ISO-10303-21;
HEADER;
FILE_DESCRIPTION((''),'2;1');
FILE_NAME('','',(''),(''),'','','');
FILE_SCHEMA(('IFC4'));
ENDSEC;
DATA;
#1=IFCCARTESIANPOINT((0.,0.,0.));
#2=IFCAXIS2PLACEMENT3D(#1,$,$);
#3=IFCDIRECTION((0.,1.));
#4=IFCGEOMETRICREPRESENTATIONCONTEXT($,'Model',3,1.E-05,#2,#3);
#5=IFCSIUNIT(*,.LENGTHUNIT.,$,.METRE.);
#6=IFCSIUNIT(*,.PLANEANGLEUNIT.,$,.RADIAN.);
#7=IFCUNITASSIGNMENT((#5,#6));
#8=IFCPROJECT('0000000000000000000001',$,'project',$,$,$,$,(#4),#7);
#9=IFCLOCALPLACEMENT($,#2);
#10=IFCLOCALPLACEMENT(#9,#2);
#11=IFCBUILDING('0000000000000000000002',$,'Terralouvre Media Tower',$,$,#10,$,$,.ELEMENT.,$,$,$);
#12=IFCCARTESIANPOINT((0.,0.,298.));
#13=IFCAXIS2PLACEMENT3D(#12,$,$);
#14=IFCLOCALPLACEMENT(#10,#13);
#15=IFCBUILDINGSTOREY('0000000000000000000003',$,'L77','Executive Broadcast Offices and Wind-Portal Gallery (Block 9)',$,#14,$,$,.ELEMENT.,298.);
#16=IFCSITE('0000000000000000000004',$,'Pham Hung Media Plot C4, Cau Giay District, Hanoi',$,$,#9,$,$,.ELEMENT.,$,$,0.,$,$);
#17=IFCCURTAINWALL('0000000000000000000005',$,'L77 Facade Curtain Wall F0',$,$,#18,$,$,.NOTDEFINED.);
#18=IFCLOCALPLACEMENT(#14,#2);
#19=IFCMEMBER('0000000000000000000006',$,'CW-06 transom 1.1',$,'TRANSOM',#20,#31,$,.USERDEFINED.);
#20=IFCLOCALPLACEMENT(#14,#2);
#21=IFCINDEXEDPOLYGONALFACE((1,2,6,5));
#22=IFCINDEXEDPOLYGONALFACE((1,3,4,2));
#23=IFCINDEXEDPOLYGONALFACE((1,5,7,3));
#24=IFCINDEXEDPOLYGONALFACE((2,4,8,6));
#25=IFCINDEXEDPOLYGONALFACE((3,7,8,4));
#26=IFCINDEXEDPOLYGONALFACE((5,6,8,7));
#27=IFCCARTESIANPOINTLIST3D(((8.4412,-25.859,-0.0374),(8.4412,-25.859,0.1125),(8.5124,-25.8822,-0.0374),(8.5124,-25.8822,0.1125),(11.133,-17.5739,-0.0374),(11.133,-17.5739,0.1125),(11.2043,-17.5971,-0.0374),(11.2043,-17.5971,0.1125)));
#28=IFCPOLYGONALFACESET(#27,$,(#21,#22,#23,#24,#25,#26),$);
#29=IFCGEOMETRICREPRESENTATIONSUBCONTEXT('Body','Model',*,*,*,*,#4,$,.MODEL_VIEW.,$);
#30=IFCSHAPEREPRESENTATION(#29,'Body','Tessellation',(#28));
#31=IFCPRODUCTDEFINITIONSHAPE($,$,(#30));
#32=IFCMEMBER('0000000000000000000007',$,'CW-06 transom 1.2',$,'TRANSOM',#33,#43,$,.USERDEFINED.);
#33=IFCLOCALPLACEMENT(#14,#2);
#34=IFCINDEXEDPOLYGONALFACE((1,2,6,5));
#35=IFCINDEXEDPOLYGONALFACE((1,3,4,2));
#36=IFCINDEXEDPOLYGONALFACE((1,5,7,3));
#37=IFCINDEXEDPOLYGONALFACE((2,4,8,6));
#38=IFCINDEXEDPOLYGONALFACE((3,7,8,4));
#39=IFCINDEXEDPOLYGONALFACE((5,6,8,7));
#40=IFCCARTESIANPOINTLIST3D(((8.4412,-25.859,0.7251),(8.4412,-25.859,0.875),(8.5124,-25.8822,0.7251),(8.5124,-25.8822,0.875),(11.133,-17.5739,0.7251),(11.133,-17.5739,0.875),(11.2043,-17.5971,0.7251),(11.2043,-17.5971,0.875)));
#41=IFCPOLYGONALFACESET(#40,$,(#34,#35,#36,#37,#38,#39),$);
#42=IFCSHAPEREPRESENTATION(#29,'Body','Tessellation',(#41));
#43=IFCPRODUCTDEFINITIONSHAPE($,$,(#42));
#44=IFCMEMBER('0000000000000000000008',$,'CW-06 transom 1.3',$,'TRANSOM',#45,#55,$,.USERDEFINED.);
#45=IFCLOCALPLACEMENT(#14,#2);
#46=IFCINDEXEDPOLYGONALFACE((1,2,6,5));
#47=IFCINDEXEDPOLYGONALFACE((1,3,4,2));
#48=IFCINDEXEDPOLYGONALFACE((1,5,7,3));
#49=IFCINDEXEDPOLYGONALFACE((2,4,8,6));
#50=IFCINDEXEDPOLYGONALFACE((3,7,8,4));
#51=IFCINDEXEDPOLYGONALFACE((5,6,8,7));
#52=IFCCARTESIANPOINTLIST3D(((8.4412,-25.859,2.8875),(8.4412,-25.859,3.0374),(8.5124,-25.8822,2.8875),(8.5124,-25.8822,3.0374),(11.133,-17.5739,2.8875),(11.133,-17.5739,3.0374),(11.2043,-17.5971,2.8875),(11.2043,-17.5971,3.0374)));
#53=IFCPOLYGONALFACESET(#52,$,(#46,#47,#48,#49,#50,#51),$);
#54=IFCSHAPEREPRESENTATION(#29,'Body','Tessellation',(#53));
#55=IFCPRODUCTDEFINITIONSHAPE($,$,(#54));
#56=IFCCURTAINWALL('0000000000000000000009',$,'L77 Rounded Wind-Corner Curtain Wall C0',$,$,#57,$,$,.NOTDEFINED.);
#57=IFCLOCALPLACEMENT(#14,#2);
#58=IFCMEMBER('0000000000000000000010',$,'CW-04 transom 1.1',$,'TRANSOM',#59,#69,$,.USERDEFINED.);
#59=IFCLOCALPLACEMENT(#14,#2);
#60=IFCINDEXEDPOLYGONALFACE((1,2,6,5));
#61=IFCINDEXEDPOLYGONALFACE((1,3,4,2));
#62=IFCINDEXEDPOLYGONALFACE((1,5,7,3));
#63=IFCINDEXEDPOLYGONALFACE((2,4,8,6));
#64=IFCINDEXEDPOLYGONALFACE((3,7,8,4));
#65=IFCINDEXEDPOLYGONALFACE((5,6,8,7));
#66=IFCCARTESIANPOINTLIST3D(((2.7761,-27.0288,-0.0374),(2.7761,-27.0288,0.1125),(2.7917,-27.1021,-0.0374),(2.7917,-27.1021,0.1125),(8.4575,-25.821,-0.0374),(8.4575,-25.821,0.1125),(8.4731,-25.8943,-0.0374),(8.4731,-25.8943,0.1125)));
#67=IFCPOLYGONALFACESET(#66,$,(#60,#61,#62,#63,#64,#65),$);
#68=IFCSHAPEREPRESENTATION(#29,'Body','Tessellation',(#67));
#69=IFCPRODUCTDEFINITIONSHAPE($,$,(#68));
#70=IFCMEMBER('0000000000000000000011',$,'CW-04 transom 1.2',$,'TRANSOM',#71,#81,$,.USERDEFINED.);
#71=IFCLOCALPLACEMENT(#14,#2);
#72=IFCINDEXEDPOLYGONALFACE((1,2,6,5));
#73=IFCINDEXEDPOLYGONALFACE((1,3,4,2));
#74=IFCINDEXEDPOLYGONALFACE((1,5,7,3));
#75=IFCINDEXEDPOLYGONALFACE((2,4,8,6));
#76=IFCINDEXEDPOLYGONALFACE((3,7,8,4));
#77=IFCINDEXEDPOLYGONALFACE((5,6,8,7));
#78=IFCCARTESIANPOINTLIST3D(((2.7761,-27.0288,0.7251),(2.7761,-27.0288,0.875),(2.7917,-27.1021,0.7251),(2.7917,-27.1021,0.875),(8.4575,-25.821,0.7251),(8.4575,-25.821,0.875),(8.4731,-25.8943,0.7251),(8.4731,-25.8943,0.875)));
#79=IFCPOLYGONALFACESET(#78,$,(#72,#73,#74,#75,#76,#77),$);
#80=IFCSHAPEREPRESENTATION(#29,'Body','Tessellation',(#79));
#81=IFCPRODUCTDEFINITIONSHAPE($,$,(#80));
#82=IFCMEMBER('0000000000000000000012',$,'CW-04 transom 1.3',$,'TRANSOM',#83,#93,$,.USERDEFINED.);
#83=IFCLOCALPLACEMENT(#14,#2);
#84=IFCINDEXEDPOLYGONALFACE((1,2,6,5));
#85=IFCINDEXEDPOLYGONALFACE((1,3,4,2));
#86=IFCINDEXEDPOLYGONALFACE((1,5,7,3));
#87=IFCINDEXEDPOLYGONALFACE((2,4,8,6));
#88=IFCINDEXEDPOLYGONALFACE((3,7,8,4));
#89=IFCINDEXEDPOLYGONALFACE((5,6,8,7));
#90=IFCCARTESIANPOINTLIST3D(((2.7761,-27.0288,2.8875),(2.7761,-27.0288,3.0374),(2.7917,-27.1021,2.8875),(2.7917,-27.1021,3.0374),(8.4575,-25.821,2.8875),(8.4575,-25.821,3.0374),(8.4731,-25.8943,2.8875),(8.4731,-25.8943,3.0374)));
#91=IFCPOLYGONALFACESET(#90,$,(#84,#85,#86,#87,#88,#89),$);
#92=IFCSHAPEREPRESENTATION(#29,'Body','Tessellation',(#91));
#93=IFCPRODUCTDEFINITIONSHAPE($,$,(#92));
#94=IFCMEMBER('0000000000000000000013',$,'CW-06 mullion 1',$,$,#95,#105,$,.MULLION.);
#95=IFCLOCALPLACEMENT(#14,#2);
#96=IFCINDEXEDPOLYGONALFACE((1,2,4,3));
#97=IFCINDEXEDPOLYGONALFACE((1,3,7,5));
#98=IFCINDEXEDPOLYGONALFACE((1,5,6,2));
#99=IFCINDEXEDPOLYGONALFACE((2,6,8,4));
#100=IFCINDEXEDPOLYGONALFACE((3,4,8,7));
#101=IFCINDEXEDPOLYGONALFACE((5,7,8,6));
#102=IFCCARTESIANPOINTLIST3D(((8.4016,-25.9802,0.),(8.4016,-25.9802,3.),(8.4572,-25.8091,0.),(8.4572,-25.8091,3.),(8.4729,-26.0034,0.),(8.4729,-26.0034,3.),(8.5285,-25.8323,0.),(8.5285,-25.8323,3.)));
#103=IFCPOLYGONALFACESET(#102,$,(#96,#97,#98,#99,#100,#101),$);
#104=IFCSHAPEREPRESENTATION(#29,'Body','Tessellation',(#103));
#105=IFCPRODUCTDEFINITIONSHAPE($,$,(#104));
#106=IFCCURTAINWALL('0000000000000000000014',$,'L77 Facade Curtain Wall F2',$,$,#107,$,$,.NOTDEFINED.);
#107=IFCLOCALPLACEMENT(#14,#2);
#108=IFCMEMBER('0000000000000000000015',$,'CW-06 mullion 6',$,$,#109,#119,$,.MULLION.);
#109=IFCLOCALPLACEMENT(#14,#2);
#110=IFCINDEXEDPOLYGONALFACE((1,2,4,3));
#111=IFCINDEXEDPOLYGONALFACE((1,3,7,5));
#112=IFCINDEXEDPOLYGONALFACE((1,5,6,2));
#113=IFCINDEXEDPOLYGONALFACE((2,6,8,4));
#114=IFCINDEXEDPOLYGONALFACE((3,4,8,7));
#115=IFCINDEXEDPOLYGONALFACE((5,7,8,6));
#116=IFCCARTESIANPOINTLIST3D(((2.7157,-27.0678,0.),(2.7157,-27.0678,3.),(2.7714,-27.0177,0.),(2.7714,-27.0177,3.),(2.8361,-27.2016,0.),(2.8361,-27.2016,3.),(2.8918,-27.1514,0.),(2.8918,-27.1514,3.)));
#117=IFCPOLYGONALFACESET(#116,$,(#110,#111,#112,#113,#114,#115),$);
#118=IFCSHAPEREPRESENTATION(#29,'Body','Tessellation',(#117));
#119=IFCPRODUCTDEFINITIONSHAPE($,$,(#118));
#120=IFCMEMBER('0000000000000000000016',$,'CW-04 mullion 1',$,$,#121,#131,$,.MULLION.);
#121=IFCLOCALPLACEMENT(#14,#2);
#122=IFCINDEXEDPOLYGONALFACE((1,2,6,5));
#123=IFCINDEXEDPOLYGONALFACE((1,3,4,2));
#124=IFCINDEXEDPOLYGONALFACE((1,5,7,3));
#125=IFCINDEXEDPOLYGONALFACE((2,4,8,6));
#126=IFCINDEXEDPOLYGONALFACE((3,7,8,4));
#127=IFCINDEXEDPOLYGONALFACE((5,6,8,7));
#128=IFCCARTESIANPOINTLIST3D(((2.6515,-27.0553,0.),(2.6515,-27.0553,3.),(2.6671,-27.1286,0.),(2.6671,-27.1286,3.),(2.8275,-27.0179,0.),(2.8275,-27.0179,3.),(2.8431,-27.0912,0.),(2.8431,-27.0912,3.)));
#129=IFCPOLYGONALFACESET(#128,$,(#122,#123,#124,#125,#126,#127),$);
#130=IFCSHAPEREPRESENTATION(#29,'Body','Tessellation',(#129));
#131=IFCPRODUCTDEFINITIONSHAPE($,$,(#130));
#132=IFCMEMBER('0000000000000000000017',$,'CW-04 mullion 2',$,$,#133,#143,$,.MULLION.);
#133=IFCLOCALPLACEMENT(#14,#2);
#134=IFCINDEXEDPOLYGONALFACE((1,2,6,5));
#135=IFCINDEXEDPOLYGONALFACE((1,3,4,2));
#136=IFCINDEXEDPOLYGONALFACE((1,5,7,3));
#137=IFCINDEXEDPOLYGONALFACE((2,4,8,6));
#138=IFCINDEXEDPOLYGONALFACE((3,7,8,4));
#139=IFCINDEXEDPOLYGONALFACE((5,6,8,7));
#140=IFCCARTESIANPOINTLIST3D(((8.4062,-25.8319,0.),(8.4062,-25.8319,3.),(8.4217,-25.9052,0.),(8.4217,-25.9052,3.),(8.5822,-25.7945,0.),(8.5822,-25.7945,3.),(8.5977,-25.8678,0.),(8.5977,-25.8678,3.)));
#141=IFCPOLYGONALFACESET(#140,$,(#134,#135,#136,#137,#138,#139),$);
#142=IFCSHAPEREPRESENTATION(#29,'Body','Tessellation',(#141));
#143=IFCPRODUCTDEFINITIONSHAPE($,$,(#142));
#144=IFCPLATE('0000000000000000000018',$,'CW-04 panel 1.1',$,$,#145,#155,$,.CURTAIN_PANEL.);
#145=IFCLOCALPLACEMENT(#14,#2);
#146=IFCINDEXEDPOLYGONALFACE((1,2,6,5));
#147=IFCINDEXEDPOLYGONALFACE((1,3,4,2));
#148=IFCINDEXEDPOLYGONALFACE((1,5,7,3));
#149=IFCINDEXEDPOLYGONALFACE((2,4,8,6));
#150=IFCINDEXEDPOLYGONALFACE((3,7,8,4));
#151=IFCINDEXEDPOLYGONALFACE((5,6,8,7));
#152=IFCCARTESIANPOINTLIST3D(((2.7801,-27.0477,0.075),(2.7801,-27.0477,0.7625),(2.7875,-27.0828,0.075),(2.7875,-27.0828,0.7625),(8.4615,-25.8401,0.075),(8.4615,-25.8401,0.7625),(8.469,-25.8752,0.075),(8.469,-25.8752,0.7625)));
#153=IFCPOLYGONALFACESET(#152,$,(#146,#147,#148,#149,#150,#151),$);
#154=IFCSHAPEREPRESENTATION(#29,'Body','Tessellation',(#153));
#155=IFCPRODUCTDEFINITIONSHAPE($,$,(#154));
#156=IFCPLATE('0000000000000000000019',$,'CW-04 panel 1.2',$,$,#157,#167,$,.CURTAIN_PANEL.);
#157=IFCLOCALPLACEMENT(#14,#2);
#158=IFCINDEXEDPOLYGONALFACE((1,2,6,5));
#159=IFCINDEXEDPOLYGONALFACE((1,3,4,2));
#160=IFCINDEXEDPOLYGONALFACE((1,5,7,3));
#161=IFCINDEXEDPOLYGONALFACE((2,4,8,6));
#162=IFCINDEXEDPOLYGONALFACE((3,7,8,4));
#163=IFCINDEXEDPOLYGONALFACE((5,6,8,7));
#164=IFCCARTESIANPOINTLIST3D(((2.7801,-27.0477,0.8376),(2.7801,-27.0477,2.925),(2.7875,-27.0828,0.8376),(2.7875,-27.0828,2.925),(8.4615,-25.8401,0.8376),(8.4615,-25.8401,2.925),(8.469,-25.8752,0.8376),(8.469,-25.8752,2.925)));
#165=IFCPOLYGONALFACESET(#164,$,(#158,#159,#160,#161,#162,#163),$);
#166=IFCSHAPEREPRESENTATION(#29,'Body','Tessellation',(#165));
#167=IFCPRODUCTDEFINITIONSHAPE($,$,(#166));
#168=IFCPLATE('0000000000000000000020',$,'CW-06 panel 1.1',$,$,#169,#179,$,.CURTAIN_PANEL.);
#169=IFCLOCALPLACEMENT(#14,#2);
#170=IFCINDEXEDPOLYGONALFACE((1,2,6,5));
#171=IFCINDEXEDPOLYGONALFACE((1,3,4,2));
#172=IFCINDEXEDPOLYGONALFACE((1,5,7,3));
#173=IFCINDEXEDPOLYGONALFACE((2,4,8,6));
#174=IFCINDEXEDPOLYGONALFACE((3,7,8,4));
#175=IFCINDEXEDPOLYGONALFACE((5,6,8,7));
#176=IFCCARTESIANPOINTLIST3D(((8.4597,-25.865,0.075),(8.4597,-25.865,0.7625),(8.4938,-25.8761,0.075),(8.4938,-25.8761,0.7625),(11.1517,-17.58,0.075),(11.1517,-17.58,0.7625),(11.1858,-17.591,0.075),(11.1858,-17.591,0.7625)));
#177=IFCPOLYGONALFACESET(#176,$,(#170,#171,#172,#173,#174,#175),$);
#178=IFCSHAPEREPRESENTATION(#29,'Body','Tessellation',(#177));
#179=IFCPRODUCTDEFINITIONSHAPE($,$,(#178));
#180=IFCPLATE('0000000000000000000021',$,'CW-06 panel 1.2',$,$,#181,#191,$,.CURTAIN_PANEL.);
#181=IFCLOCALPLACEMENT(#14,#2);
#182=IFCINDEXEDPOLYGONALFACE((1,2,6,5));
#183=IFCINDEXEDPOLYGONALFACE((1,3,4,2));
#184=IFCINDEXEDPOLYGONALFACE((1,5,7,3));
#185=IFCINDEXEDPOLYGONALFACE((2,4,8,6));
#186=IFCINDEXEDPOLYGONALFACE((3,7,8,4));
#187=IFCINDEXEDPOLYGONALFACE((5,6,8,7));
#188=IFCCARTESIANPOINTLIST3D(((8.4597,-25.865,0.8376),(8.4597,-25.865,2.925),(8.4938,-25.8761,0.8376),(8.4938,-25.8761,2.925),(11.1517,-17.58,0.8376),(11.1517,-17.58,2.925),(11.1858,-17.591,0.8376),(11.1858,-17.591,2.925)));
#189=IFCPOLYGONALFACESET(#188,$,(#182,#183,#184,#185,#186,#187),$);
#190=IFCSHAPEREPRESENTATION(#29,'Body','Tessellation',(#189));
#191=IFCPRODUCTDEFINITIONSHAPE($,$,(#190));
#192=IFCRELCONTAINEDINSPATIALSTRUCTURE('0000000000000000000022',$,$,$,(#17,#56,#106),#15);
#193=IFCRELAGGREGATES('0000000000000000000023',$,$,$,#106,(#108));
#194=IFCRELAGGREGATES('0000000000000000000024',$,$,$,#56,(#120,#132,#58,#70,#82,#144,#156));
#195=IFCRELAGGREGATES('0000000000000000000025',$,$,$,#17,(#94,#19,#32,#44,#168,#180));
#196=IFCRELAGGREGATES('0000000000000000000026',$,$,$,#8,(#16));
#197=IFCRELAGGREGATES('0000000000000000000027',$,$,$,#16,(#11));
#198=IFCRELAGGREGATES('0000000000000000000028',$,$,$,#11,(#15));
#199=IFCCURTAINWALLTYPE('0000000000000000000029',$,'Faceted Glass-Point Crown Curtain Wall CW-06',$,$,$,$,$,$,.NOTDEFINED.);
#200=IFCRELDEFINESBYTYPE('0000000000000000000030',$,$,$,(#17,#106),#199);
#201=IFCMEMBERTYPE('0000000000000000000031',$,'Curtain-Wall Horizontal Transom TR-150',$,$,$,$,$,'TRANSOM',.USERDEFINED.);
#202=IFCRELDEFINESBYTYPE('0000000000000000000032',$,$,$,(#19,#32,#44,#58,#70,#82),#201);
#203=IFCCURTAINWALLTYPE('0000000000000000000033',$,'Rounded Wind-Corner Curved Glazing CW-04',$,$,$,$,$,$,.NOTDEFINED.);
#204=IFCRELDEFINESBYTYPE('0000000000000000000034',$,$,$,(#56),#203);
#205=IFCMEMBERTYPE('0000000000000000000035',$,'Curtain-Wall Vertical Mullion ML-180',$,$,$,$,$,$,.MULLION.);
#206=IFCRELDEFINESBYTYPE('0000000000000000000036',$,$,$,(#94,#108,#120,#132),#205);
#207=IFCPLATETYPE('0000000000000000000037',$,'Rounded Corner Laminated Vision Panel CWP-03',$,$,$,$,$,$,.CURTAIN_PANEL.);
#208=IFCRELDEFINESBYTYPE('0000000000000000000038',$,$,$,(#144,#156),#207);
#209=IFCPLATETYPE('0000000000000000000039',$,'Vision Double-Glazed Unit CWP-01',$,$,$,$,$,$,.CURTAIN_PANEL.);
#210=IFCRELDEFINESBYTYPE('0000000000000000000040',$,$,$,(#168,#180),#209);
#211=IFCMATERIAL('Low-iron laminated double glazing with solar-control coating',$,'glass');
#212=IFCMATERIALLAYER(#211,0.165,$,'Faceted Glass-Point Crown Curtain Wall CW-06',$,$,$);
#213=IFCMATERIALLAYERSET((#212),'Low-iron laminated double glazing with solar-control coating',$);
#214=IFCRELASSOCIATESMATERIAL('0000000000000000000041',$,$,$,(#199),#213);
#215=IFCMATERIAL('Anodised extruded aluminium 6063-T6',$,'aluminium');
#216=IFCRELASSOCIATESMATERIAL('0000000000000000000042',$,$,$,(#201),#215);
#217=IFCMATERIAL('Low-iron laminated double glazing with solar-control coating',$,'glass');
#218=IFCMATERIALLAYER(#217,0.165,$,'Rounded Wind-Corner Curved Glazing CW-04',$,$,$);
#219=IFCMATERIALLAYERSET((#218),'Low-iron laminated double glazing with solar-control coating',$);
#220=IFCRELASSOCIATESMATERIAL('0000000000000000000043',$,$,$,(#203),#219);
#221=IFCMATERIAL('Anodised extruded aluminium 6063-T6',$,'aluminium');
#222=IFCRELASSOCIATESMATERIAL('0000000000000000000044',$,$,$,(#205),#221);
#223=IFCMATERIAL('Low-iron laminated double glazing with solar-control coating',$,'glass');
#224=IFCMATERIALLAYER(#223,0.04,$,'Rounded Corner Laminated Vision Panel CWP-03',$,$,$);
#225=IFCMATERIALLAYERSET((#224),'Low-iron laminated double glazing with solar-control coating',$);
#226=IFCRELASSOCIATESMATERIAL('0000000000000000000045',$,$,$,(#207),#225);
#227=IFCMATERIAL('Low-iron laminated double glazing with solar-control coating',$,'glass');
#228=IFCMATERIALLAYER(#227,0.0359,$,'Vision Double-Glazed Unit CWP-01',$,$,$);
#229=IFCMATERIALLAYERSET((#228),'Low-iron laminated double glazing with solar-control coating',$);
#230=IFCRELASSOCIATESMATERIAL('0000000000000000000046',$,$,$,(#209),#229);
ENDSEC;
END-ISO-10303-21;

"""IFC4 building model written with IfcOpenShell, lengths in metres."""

from ifc_helpers import new_model, si_unit, direction, frame, origin, origin_2d, place, context, subcontext, project, spatial, rectangle, extrude, material, layer, layer_set, material_profile, profile_set, type_object, element, aggregate, save


model = new_model("IFC4")

# Units and contexts
model_context = context("Model", 3, precision=1e-05, world=origin(), true_north=direction((0.0, 1.0)))
body_context = subcontext(model_context, "Body", "Model", "MODEL_VIEW")
ifc_project = project(units=[si_unit("LENGTHUNIT", "METRE"), si_unit("PLANEANGLEUNIT", "RADIAN")], contexts=[model_context])

# Site, building, storey
site_placement = place(None, origin())
site = spatial("IfcSite", under=ifc_project, at=site_placement, Name="Pham Hung Media Plot C4, Cau Giay District, Hanoi", CompositionType="ELEMENT", RefElevation=0.0)
building_placement = place(site_placement, origin())
building = spatial("IfcBuilding", under=site, at=building_placement, Name="Terralouvre Media Tower", CompositionType="ELEMENT")
storey_placement = place(building_placement, frame((0.0, 0.0, 298.0)))
storey = spatial("IfcBuildingStorey", under=building, at=storey_placement, Name="L77", Description="Executive Broadcast Offices and Wind-Portal Gallery (Block 9)", CompositionType="ELEMENT", Elevation=298.0)

# Curtain walls, members
ifc_material_1 = material(Name="Low-iron laminated double glazing with solar-control coating", Category="glass")
ifc_layer_1 = layer(ifc_material_1, 0.165, Name="Faceted Glass-Point Crown Curtain Wall CW-06")
ifc_layer_set_1 = layer_set([ifc_layer_1], Name="Low-iron laminated double glazing with solar-control coating")
curtain_wall_type_1 = type_object("IfcCurtainWallType", Name="Faceted Glass-Point Crown Curtain Wall CW-06", PredefinedType="NOTDEFINED", material=ifc_layer_set_1)
curtain_wall_1_placement = place(storey_placement, origin())
curtain_wall_1 = element("IfcCurtainWall", 1, at=curtain_wall_1_placement, inside=storey, type_object=curtain_wall_type_1, Name="L77 Facade Curtain Wall F0", PredefinedType="NOTDEFINED")
ifc_material_2 = material(Name="Anodised extruded aluminium 6063-T6", Category="aluminium")
ifc_material_profile_1 = material_profile(ifc_material_2, rectangle(XDim=0.075, YDim=0.1499, at=origin_2d()), Name="ALU 75x150")
ifc_profile_set_1 = profile_set([ifc_material_profile_1], Name="Anodised extruded aluminium 6063-T6")
member_type_1 = type_object("IfcMemberType", Name="Curtain-Wall Horizontal Transom TR-150", ElementType="TRANSOM", PredefinedType="USERDEFINED", material=ifc_profile_set_1)
member_1_placement = place(storey_placement, frame((8.4768, -25.8706, 0.0376), z_axis=(0.309005, 0.95106, 0.0), x_axis=(-0.95106, 0.309005, 0.0)))
member_1 = element("IfcMember", 2, at=member_1_placement, type_object=member_type_1, Name="CW-06 transom 1.1", ObjectType="TRANSOM", PredefinedType="USERDEFINED", context=body_context, shape_type="SweptSolid", body=[
    extrude(rectangle(XDim=0.075, YDim=0.1499, at=origin_2d()), origin(), (0.0, 0.0, 1.0), 8.7114),
])
member_2_placement = place(storey_placement, frame((8.4768, -25.8706, 0.8), z_axis=(0.309005, 0.95106, 0.0), x_axis=(-0.95106, 0.309005, 0.0)))
member_2 = element("IfcMember", 3, at=member_2_placement, type_object=member_type_1, Name="CW-06 transom 1.2", ObjectType="TRANSOM", PredefinedType="USERDEFINED", context=body_context, shape_type="SweptSolid", body=[
    extrude(rectangle(XDim=0.075, YDim=0.1499, at=origin_2d()), origin(), (0.0, 0.0, 1.0), 8.7114),
])
member_3_placement = place(storey_placement, frame((8.4768, -25.8706, 2.9624), z_axis=(0.309005, 0.95106, 0.0), x_axis=(-0.95106, 0.309005, 0.0)))
member_3 = element("IfcMember", 4, at=member_3_placement, type_object=member_type_1, Name="CW-06 transom 1.3", ObjectType="TRANSOM", PredefinedType="USERDEFINED", context=body_context, shape_type="SweptSolid", body=[
    extrude(rectangle(XDim=0.075, YDim=0.1499, at=origin_2d()), origin(), (0.0, 0.0, 1.0), 8.7114),
])
ifc_material_3 = material(Name="Low-iron laminated double glazing with solar-control coating", Category="glass")
ifc_layer_2 = layer(ifc_material_3, 0.165, Name="Rounded Wind-Corner Curved Glazing CW-04")
ifc_layer_set_2 = layer_set([ifc_layer_2], Name="Low-iron laminated double glazing with solar-control coating")
curtain_wall_type_2 = type_object("IfcCurtainWallType", Name="Rounded Wind-Corner Curved Glazing CW-04", PredefinedType="NOTDEFINED", material=ifc_layer_set_2)
curtain_wall_2_placement = place(storey_placement, origin())
curtain_wall_2 = element("IfcCurtainWall", 5, at=curtain_wall_2_placement, inside=storey, type_object=curtain_wall_type_2, Name="L77 Rounded Wind-Corner Curtain Wall C0", PredefinedType="NOTDEFINED")
member_4_placement = place(storey_placement, frame((2.7839, -27.0654, 0.0376), z_axis=(0.978143, 0.207936, 0.0), x_axis=(-0.207936, 0.978143, 0.0)))
member_4 = element("IfcMember", 6, at=member_4_placement, type_object=member_type_1, Name="CW-04 transom 1.1", ObjectType="TRANSOM", PredefinedType="USERDEFINED", context=body_context, shape_type="SweptSolid", body=[
    extrude(rectangle(XDim=0.075, YDim=0.1499, at=origin_2d()), origin(), (0.0, 0.0, 1.0), 5.8083),
])
member_5_placement = place(storey_placement, frame((2.7839, -27.0654, 0.8), z_axis=(0.978143, 0.207936, 0.0), x_axis=(-0.207936, 0.978143, 0.0)))
member_5 = element("IfcMember", 7, at=member_5_placement, type_object=member_type_1, Name="CW-04 transom 1.2", ObjectType="TRANSOM", PredefinedType="USERDEFINED", context=body_context, shape_type="SweptSolid", body=[
    extrude(rectangle(XDim=0.075, YDim=0.1499, at=origin_2d()), origin(), (0.0, 0.0, 1.0), 5.8083),
])
member_6_placement = place(storey_placement, frame((2.7839, -27.0654, 2.9624), z_axis=(0.978143, 0.207936, 0.0), x_axis=(-0.207936, 0.978143, 0.0)))
member_6 = element("IfcMember", 8, at=member_6_placement, type_object=member_type_1, Name="CW-04 transom 1.3", ObjectType="TRANSOM", PredefinedType="USERDEFINED", context=body_context, shape_type="SweptSolid", body=[
    extrude(rectangle(XDim=0.075, YDim=0.1499, at=origin_2d()), origin(), (0.0, 0.0, 1.0), 5.8083),
])

# Member
ifc_material_4 = material(Name="Anodised extruded aluminium 6063-T6", Category="aluminium")
ifc_material_profile_2 = material_profile(ifc_material_4, rectangle(XDim=0.075, YDim=0.1799, at=origin_2d()), Name="ALU 75x180")
ifc_profile_set_2 = profile_set([ifc_material_profile_2], Name="Anodised extruded aluminium 6063-T6")
member_type_2 = type_object("IfcMemberType", Name="Curtain-Wall Vertical Mullion ML-180", PredefinedType="MULLION", material=ifc_profile_set_2)
member_7_placement = place(storey_placement, frame((8.4651, -25.9062, 0.0), z_axis=(0.0, 0.0, 1.0), x_axis=(-0.951057, 0.309017, 0.0)))
member_7 = element("IfcMember", 9, at=member_7_placement, type_object=member_type_2, Name="CW-06 mullion 1", PredefinedType="MULLION", context=body_context, shape_type="SweptSolid", body=[
    extrude(rectangle(XDim=0.075, YDim=0.1799, at=origin_2d()), origin(), (0.0, 0.0, 1.0), 3.0),
])

# Curtain wall, member
curtain_wall_3_placement = place(storey_placement, origin())
curtain_wall_3 = element("IfcCurtainWall", 10, at=curtain_wall_3_placement, inside=storey, type_object=curtain_wall_type_1, Name="L77 Facade Curtain Wall F2", PredefinedType="NOTDEFINED")
member_8_placement = place(storey_placement, frame((2.8037, -27.1096, 0.0), z_axis=(0.0, 0.0, 1.0), x_axis=(0.743145, 0.669131, 0.0)))
member_8 = element("IfcMember", 11, at=member_8_placement, type_object=member_type_2, Name="CW-06 mullion 6", PredefinedType="MULLION", context=body_context, shape_type="SweptSolid", body=[
    extrude(rectangle(XDim=0.075, YDim=0.1799, at=origin_2d()), origin(), (0.0, 0.0, 1.0), 3.0),
])
aggregate(curtain_wall_3, [member_8])

# Members
member_9_placement = place(storey_placement, frame((2.7473, -27.0732, 0.0), z_axis=(0.0, 0.0, 1.0), x_axis=(-0.207912, 0.978148, 0.0)))
member_9 = element("IfcMember", 12, at=member_9_placement, type_object=member_type_2, Name="CW-04 mullion 1", PredefinedType="MULLION", context=body_context, shape_type="SweptSolid", body=[
    extrude(rectangle(XDim=0.075, YDim=0.1799, at=origin_2d()), origin(), (0.0, 0.0, 1.0), 3.0),
])
member_10_placement = place(storey_placement, frame((8.502, -25.8499, 0.0), z_axis=(0.0, 0.0, 1.0), x_axis=(-0.207912, 0.978148, 0.0)))
member_10 = element("IfcMember", 13, at=member_10_placement, type_object=member_type_2, Name="CW-04 mullion 2", PredefinedType="MULLION", context=body_context, shape_type="SweptSolid", body=[
    extrude(rectangle(XDim=0.075, YDim=0.1799, at=origin_2d()), origin(), (0.0, 0.0, 1.0), 3.0),
])

# Plates
ifc_material_5 = material(Name="Low-iron laminated double glazing with solar-control coating", Category="glass")
ifc_layer_3 = layer(ifc_material_5, 0.04, Name="Rounded Corner Laminated Vision Panel CWP-03")
ifc_layer_set_3 = layer_set([ifc_layer_3], Name="Low-iron laminated double glazing with solar-control coating")
plate_type_1 = type_object("IfcPlateType", Name="Rounded Corner Laminated Vision Panel CWP-03", PredefinedType="CURTAIN_PANEL", material=ifc_layer_set_3)
plate_1_placement = place(storey_placement, frame((5.6245, -26.4614, 0.075), z_axis=(0.0, 0.0, 1.0), x_axis=(0.978148, 0.207912, 0.0)))
plate_1 = element("IfcPlate", 14, at=plate_1_placement, type_object=plate_type_1, Name="CW-04 panel 1.1", PredefinedType="CURTAIN_PANEL", context=body_context, shape_type="SweptSolid", body=[
    extrude(rectangle(XDim=5.8083, YDim=0.0359, at=origin_2d()), origin(), (0.0, 0.0, 1.0), 0.6875),
])
plate_2_placement = place(storey_placement, frame((5.6245, -26.4614, 0.8376), z_axis=(0.0, 0.0, 1.0), x_axis=(0.978148, 0.207912, 0.0)))
plate_2 = element("IfcPlate", 15, at=plate_2_placement, type_object=plate_type_1, Name="CW-04 panel 1.2", PredefinedType="CURTAIN_PANEL", context=body_context, shape_type="SweptSolid", body=[
    extrude(rectangle(XDim=5.8083, YDim=0.0359, at=origin_2d()), origin(), (0.0, 0.0, 1.0), 2.0874),
])
aggregate(curtain_wall_2, [member_9, member_10, member_4, member_5, member_6, plate_1, plate_2])
ifc_material_6 = material(Name="Low-iron laminated double glazing with solar-control coating", Category="glass")
ifc_layer_4 = layer(ifc_material_6, 0.0359, Name="Vision Double-Glazed Unit CWP-01")
ifc_layer_set_4 = layer_set([ifc_layer_4], Name="Low-iron laminated double glazing with solar-control coating")
plate_type_2 = type_object("IfcPlateType", Name="Vision Double-Glazed Unit CWP-01", PredefinedType="CURTAIN_PANEL", material=ifc_layer_set_4)
plate_3_placement = place(storey_placement, frame((9.8228, -21.728, 0.075), z_axis=(0.0, 0.0, 1.0), x_axis=(0.309017, 0.951057, 0.0)))
plate_3 = element("IfcPlate", 16, at=plate_3_placement, type_object=plate_type_2, Name="CW-06 panel 1.1", PredefinedType="CURTAIN_PANEL", context=body_context, shape_type="SweptSolid", body=[
    extrude(rectangle(XDim=8.7114, YDim=0.0359, at=origin_2d()), origin(), (0.0, 0.0, 1.0), 0.6875),
])
plate_4_placement = place(storey_placement, frame((9.8228, -21.728, 0.8376), z_axis=(0.0, 0.0, 1.0), x_axis=(0.309017, 0.951057, 0.0)))
plate_4 = element("IfcPlate", 17, at=plate_4_placement, type_object=plate_type_2, Name="CW-06 panel 1.2", PredefinedType="CURTAIN_PANEL", context=body_context, shape_type="SweptSolid", body=[
    extrude(rectangle(XDim=8.7114, YDim=0.0359, at=origin_2d()), origin(), (0.0, 0.0, 1.0), 2.0874),
])
aggregate(curtain_wall_1, [member_7, member_1, member_2, member_3, plate_3, plate_4])

save(model, "model.ifc")
